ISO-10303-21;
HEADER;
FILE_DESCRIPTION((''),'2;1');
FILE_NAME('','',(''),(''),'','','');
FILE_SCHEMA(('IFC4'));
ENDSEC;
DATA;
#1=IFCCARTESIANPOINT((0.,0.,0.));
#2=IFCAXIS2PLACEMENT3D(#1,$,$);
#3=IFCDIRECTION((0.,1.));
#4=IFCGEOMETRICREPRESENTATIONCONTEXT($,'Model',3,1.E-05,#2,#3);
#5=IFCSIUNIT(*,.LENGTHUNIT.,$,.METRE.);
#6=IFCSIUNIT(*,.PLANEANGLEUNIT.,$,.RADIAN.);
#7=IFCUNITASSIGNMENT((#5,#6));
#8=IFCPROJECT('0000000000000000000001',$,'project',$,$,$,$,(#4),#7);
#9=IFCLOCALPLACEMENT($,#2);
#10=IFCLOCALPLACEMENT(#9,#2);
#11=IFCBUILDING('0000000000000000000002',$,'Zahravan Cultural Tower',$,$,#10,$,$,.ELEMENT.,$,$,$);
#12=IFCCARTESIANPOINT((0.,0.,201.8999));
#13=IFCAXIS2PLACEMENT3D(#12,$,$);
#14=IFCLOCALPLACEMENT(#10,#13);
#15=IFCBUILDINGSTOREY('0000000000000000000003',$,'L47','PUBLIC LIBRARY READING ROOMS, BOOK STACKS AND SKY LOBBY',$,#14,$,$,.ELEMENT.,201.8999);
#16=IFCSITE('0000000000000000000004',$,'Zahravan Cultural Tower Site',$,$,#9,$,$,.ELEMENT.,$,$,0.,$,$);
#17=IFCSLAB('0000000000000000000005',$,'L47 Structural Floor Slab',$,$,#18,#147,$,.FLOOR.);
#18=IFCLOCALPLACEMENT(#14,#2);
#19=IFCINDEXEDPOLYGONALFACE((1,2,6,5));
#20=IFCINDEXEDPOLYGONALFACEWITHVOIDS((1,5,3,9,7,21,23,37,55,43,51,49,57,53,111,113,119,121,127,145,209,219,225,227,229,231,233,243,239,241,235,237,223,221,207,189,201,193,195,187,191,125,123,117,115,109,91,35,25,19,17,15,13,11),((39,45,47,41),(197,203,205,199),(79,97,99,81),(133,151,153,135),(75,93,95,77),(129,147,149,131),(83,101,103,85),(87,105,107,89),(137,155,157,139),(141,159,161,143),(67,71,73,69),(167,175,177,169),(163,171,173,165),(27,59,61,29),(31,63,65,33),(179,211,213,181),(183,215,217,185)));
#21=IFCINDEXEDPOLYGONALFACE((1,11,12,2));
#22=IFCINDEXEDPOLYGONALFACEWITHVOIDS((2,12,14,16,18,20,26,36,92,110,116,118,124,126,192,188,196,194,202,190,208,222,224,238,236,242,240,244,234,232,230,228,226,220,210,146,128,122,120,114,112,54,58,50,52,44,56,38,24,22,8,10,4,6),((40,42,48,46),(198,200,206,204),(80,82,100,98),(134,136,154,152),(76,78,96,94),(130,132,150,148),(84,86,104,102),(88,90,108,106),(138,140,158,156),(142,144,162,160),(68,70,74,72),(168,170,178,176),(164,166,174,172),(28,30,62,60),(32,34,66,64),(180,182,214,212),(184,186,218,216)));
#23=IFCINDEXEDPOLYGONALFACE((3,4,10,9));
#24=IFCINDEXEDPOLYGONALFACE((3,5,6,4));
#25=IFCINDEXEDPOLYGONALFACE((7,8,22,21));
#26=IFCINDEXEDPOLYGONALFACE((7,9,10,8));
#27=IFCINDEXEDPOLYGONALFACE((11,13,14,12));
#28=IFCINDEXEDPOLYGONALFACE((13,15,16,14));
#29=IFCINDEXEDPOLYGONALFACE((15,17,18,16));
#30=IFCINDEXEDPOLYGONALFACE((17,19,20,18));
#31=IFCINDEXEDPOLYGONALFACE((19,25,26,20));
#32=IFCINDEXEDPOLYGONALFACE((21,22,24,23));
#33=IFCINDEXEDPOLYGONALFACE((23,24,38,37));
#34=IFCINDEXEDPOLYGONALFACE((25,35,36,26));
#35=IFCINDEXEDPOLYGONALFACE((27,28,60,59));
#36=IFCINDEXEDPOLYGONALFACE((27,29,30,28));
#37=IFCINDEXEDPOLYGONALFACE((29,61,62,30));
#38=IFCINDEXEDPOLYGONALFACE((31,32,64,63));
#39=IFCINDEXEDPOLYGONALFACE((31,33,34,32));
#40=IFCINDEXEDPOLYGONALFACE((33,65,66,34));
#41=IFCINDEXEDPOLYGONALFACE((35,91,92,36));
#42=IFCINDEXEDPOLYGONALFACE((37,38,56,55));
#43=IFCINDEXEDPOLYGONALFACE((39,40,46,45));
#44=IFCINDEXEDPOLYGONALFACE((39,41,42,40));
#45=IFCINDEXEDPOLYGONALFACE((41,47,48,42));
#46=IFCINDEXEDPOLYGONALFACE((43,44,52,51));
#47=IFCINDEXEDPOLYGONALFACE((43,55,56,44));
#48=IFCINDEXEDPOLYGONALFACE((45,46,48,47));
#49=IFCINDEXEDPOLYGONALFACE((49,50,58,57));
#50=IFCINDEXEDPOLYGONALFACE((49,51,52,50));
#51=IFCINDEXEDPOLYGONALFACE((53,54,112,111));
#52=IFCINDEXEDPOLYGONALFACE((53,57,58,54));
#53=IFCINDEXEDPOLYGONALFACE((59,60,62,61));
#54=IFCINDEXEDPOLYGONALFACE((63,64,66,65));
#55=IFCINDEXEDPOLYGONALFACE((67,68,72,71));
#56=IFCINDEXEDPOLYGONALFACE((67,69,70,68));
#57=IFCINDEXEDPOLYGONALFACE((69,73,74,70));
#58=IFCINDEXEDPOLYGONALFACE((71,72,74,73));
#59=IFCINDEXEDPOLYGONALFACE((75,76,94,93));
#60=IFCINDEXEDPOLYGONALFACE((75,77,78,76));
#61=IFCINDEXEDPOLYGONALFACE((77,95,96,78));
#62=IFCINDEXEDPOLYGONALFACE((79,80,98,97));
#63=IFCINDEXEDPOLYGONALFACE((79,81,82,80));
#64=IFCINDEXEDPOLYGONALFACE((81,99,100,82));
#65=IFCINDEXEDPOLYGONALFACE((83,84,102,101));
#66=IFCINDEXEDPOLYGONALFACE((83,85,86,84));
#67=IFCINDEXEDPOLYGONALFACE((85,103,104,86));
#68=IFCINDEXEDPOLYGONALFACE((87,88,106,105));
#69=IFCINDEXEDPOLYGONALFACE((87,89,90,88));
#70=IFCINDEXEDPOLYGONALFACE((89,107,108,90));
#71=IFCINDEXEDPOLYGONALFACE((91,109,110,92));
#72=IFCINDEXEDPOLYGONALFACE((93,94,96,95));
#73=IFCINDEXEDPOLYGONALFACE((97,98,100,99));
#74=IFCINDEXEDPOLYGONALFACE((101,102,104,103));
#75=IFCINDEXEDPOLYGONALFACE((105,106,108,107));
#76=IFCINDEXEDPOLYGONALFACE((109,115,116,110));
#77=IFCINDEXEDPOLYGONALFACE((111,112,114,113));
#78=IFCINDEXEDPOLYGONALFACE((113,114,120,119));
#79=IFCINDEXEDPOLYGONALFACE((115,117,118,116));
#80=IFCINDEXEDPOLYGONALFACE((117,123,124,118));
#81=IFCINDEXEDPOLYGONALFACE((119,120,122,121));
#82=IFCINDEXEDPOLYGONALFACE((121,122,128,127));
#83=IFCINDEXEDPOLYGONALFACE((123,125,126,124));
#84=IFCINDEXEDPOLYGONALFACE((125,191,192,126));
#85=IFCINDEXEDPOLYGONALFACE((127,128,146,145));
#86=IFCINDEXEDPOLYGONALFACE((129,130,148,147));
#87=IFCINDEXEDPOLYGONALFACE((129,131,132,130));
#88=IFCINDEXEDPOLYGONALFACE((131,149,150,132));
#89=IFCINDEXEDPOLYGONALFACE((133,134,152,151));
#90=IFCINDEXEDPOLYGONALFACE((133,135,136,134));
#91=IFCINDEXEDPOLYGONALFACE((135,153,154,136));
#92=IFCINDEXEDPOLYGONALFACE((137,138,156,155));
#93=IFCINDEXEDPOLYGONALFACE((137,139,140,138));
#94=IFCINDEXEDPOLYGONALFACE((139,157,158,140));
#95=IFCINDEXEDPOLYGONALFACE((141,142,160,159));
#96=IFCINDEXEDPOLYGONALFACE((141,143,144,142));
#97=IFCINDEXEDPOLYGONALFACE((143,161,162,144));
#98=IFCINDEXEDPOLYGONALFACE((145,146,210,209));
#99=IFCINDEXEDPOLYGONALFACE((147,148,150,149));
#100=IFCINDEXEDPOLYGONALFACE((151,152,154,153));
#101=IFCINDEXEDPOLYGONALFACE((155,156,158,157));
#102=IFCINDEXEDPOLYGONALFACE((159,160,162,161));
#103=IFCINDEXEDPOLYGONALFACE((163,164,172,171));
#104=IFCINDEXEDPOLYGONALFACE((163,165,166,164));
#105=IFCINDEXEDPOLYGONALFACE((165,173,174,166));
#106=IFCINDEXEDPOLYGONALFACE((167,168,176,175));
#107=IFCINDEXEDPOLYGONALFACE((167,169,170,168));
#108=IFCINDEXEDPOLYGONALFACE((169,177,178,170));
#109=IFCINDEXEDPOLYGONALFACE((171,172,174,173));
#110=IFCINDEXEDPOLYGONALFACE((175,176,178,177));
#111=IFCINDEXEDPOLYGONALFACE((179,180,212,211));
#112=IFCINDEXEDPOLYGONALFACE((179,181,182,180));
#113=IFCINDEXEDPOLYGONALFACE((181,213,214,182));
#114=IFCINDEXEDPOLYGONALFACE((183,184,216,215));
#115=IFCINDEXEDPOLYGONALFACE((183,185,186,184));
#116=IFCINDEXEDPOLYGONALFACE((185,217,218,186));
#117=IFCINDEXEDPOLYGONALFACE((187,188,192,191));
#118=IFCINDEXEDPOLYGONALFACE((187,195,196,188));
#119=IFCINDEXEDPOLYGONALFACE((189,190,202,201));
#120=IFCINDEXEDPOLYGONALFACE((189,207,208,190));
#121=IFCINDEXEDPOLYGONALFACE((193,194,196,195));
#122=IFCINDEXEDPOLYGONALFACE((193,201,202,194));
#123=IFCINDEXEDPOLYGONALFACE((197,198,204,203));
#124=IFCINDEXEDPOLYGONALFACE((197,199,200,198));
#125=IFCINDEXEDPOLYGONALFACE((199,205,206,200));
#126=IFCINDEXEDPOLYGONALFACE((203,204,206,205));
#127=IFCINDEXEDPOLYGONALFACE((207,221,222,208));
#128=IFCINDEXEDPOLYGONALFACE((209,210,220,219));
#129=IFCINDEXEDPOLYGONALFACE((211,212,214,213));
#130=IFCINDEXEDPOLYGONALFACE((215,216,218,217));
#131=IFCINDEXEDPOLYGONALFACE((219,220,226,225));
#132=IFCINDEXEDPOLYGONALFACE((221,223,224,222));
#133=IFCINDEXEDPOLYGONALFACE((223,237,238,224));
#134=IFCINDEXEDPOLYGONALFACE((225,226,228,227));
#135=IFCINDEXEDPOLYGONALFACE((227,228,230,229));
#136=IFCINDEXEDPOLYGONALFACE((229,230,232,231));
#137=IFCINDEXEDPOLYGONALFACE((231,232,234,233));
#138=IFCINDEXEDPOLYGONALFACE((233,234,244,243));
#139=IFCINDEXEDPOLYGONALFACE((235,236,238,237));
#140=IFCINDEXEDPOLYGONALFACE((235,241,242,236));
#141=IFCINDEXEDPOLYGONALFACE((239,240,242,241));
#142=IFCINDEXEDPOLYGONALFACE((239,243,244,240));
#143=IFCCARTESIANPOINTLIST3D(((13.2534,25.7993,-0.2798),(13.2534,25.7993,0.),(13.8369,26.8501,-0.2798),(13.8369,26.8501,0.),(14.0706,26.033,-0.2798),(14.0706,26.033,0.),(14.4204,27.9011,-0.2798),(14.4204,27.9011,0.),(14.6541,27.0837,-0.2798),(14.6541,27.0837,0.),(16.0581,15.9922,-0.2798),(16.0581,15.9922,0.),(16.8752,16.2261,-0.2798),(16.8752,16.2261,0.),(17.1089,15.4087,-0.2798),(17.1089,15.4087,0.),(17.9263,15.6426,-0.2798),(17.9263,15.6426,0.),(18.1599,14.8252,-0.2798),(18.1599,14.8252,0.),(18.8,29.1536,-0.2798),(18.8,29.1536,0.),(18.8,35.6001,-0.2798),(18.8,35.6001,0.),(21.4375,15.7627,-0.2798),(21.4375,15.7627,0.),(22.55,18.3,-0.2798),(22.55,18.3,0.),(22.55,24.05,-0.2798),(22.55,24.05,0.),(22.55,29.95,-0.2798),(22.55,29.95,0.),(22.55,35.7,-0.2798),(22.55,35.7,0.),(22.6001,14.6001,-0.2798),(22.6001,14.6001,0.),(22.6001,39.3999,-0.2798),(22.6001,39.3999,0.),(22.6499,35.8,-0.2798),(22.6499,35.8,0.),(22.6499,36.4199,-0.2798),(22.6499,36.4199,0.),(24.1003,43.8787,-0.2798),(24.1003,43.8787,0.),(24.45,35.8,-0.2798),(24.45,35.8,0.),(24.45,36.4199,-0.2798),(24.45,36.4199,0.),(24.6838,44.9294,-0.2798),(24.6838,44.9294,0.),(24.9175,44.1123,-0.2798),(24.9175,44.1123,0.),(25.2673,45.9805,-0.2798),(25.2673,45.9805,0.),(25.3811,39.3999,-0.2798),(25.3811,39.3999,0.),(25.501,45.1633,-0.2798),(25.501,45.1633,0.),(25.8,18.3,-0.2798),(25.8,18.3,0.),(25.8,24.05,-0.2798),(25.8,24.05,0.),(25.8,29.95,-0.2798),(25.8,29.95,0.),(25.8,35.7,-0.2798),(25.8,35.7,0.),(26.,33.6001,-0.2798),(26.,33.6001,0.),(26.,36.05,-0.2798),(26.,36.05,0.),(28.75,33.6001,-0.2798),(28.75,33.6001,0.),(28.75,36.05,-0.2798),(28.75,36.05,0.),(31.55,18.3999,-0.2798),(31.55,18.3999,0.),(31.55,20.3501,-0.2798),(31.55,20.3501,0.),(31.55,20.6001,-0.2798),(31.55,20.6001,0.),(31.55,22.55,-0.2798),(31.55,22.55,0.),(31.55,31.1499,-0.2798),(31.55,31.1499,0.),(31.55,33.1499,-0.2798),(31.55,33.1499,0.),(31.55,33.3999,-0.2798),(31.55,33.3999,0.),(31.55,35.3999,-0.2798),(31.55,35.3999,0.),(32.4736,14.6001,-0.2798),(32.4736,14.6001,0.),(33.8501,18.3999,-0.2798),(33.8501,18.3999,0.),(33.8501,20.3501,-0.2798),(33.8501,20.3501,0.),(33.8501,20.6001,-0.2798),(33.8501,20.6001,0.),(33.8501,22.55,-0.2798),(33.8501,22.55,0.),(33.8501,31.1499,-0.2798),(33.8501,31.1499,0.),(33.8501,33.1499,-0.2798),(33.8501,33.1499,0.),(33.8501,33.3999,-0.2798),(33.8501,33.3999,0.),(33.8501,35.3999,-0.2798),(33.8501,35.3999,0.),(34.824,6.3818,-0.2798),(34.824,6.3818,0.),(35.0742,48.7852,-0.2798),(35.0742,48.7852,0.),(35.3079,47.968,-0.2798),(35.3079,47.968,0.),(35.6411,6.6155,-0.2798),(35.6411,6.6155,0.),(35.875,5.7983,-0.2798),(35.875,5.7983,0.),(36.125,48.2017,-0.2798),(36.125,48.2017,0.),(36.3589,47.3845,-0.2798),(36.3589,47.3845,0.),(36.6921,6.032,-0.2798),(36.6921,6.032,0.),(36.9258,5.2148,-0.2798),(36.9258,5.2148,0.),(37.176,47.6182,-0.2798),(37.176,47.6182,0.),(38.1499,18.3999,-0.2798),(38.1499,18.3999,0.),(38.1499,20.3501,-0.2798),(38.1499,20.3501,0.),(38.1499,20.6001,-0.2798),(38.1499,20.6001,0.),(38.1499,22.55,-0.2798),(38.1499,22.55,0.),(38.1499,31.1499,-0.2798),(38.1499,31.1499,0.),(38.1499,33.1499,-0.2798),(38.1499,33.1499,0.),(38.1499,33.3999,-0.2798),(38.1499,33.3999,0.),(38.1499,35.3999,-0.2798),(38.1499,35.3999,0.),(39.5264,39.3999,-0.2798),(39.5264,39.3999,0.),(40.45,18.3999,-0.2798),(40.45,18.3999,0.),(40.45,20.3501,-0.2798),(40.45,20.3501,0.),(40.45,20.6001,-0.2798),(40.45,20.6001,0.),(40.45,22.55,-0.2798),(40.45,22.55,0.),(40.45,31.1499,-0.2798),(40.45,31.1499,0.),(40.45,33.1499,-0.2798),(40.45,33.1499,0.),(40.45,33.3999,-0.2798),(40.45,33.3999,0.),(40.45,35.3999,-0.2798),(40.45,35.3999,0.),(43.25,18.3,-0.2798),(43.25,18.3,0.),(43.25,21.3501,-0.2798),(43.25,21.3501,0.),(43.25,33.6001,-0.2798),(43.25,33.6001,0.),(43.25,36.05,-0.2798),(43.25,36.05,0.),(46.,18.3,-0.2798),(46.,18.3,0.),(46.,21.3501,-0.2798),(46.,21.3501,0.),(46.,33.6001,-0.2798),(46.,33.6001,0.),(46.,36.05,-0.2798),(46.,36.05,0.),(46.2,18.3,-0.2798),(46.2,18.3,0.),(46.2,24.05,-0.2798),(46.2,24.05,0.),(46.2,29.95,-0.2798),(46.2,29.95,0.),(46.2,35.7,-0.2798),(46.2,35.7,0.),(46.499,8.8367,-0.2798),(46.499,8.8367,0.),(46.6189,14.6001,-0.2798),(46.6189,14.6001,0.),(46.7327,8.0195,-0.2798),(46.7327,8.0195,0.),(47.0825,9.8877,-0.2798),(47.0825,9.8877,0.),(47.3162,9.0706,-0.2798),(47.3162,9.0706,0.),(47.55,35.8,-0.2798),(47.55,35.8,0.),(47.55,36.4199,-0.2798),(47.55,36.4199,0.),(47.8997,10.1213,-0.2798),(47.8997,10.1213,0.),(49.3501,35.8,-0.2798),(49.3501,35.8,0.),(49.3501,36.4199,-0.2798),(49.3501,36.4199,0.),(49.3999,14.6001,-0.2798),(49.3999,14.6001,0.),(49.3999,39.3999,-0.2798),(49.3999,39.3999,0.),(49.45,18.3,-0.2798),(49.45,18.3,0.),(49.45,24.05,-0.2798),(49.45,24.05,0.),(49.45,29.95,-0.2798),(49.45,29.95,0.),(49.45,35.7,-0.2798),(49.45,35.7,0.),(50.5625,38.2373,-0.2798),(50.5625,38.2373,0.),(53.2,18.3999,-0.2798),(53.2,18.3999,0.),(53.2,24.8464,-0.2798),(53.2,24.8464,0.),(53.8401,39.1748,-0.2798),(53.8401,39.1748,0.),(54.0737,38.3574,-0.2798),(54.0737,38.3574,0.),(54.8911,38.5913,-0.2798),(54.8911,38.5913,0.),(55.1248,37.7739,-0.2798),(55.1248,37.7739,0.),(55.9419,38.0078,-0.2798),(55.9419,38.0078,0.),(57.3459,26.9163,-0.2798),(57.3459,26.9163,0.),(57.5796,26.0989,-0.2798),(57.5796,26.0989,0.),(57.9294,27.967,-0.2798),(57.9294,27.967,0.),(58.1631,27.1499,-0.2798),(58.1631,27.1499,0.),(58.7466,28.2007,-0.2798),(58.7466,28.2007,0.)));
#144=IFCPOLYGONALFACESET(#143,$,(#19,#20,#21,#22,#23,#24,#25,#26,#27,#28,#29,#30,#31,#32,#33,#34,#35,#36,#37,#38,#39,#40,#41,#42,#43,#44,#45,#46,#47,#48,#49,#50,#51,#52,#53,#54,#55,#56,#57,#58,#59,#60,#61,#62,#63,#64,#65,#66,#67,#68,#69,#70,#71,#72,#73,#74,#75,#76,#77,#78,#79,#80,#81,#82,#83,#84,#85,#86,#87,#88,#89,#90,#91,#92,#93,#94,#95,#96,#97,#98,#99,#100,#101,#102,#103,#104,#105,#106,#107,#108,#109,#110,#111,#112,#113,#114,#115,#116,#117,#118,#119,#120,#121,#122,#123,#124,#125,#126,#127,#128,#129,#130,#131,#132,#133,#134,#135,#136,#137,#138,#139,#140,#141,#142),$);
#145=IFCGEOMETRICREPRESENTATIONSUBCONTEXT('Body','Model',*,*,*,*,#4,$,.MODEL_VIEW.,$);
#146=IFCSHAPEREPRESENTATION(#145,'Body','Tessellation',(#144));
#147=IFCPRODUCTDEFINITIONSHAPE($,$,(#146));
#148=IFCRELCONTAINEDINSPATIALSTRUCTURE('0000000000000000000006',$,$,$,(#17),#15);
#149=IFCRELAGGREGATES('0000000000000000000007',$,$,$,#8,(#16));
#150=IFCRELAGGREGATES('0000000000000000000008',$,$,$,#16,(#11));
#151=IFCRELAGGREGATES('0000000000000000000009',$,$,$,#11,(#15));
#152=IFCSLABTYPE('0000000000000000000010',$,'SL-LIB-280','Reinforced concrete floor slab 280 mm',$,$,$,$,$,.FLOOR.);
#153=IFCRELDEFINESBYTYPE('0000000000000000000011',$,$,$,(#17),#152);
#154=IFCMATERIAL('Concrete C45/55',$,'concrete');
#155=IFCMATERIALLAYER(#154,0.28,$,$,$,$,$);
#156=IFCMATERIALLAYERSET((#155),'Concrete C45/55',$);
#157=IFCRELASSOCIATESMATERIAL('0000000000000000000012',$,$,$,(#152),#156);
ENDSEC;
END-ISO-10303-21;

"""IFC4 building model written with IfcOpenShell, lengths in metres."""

from ifc_helpers import new_model, si_unit, direction, frame, origin, place, context, subcontext, project, spatial, polyline, outline, extrude, material, layer, layer_set, type_object, element, save


model = new_model("IFC4")

# Units and contexts
model_context = context("Model", 3, precision=1e-05, world=origin(), true_north=direction((0.0, 1.0)))
body_context = subcontext(model_context, "Body", "Model", "MODEL_VIEW")
ifc_project = project(units=[si_unit("LENGTHUNIT", "METRE"), si_unit("PLANEANGLEUNIT", "RADIAN")], contexts=[model_context])

# Site, building, storey
site_placement = place(None, origin())
site = spatial("IfcSite", under=ifc_project, at=site_placement, Name="Zahravan Cultural Tower Site", CompositionType="ELEMENT", RefElevation=0.0)
building_placement = place(site_placement, origin())
building = spatial("IfcBuilding", under=site, at=building_placement, Name="Zahravan Cultural Tower", CompositionType="ELEMENT")
storey_placement = place(building_placement, frame((0.0, 0.0, 201.8999)))
storey = spatial("IfcBuildingStorey", under=building, at=storey_placement, Name="L47", Description="PUBLIC LIBRARY READING ROOMS, BOOK STACKS AND SKY LOBBY", CompositionType="ELEMENT", Elevation=201.8999)

# Slab
ifc_material_1 = material(Name="Concrete C45/55", Category="concrete")
ifc_layer_1 = layer(ifc_material_1, 0.28)
ifc_layer_set_1 = layer_set([ifc_layer_1], Name="Concrete C45/55")
slab_type_1 = type_object("IfcSlabType", Name="SL-LIB-280", Description="Reinforced concrete floor slab 280 mm", PredefinedType="FLOOR", material=ifc_layer_set_1)
slab_1_placement = place(storey_placement, frame((0.0, 0.0, -0.2798)))
element("IfcSlab", 1, at=slab_1_placement, inside=storey, type_object=slab_type_1, Name="L47 Structural Floor Slab", PredefinedType="FLOOR", context=body_context, shape_type="SweptSolid", body=[
    extrude(outline(polyline([(50.5625, 38.2373), (49.3999, 39.3999), (39.5264, 39.3999), (37.176, 47.6182), (36.3589, 47.3845), (36.125, 48.2017), (35.3079, 47.968), (35.0742, 48.7852), (25.2673, 45.9805), (25.501, 45.1633), (24.6838, 44.9294), (24.9175, 44.1123), (24.1003, 43.8787), (25.3811, 39.3999), (22.6001, 39.3999), (18.8, 35.6001), (18.8, 29.1536), (14.4204, 27.9011), (14.6541, 27.0837), (13.8369, 26.8501), (14.0706, 26.033), (13.2534, 25.7993), (16.0581, 15.9922), (16.8752, 16.2261), (17.1089, 15.4087), (17.9263, 15.6426), (18.1599, 14.8252), (21.4375, 15.7627), (22.6001, 14.6001), (32.4736, 14.6001), (34.824, 6.3818), (35.6411, 6.6155), (35.875, 5.7983), (36.6921, 6.032), (36.9258, 5.2148), (46.7327, 8.0195), (46.499, 8.8367), (47.3162, 9.0706), (47.0825, 9.8877), (47.8997, 10.1213), (46.6189, 14.6001), (49.3999, 14.6001), (53.2, 18.3999), (53.2, 24.8464), (57.5796, 26.0989), (57.3459, 26.9163), (58.1631, 27.1499), (57.9294, 27.967), (58.7466, 28.2007), (55.9419, 38.0078), (55.1248, 37.7739), (54.8911, 38.5913), (54.0737, 38.3574), (53.8401, 39.1748), (50.5625, 38.2373)]), holes=[polyline([(22.55, 29.95), (22.55, 35.7), (25.8, 35.7), (25.8, 29.95), (22.55, 29.95)]), polyline([(22.55, 18.3), (22.55, 24.05), (25.8, 24.05), (25.8, 18.3), (22.55, 18.3)]), polyline([(46.2, 29.95), (46.2, 35.7), (49.45, 35.7), (49.45, 29.95), (46.2, 29.95)]), polyline([(46.2, 18.3), (46.2, 24.05), (49.45, 24.05), (49.45, 18.3), (46.2, 18.3)]), polyline([(26.0, 33.6001), (26.0, 36.05), (28.75, 36.05), (28.75, 33.6001), (26.0, 33.6001)]), polyline([(43.25, 33.6001), (43.25, 36.05), (46.0, 36.05), (46.0, 33.6001), (43.25, 33.6001)]), polyline([(43.25, 18.3), (43.25, 21.3501), (46.0, 21.3501), (46.0, 18.3), (43.25, 18.3)]), polyline([(31.55, 33.3999), (31.55, 35.3999), (33.8501, 35.3999), (33.8501, 33.3999), (31.55, 33.3999)]), polyline([(31.55, 31.1499), (31.55, 33.1499), (33.8501, 33.1499), (33.8501, 31.1499), (31.55, 31.1499)]), polyline([(38.1499, 33.3999), (38.1499, 35.3999), (40.45, 35.3999), (40.45, 33.3999), (38.1499, 33.3999)]), polyline([(38.1499, 31.1499), (38.1499, 33.1499), (40.45, 33.1499), (40.45, 31.1499), (38.1499, 31.1499)]), polyline([(31.55, 20.6001), (31.55, 22.55), (33.8501, 22.55), (33.8501, 20.6001), (31.55, 20.6001)]), polyline([(31.55, 18.3999), (31.55, 20.3501), (33.8501, 20.3501), (33.8501, 18.3999), (31.55, 18.3999)]), polyline([(38.1499, 20.6001), (38.1499, 22.55), (40.45, 22.55), (40.45, 20.6001), (38.1499, 20.6001)]), polyline([(38.1499, 18.3999), (38.1499, 20.3501), (40.45, 20.3501), (40.45, 18.3999), (38.1499, 18.3999)]), polyline([(22.6499, 35.8), (22.6499, 36.4199), (24.45, 36.4199), (24.45, 35.8), (22.6499, 35.8)]), polyline([(47.55, 35.8), (47.55, 36.4199), (49.3501, 36.4199), (49.3501, 35.8), (47.55, 35.8)])]), origin(), (0.0, 0.0, 1.0), 0.2798),
])

save(model, "model.ifc")
